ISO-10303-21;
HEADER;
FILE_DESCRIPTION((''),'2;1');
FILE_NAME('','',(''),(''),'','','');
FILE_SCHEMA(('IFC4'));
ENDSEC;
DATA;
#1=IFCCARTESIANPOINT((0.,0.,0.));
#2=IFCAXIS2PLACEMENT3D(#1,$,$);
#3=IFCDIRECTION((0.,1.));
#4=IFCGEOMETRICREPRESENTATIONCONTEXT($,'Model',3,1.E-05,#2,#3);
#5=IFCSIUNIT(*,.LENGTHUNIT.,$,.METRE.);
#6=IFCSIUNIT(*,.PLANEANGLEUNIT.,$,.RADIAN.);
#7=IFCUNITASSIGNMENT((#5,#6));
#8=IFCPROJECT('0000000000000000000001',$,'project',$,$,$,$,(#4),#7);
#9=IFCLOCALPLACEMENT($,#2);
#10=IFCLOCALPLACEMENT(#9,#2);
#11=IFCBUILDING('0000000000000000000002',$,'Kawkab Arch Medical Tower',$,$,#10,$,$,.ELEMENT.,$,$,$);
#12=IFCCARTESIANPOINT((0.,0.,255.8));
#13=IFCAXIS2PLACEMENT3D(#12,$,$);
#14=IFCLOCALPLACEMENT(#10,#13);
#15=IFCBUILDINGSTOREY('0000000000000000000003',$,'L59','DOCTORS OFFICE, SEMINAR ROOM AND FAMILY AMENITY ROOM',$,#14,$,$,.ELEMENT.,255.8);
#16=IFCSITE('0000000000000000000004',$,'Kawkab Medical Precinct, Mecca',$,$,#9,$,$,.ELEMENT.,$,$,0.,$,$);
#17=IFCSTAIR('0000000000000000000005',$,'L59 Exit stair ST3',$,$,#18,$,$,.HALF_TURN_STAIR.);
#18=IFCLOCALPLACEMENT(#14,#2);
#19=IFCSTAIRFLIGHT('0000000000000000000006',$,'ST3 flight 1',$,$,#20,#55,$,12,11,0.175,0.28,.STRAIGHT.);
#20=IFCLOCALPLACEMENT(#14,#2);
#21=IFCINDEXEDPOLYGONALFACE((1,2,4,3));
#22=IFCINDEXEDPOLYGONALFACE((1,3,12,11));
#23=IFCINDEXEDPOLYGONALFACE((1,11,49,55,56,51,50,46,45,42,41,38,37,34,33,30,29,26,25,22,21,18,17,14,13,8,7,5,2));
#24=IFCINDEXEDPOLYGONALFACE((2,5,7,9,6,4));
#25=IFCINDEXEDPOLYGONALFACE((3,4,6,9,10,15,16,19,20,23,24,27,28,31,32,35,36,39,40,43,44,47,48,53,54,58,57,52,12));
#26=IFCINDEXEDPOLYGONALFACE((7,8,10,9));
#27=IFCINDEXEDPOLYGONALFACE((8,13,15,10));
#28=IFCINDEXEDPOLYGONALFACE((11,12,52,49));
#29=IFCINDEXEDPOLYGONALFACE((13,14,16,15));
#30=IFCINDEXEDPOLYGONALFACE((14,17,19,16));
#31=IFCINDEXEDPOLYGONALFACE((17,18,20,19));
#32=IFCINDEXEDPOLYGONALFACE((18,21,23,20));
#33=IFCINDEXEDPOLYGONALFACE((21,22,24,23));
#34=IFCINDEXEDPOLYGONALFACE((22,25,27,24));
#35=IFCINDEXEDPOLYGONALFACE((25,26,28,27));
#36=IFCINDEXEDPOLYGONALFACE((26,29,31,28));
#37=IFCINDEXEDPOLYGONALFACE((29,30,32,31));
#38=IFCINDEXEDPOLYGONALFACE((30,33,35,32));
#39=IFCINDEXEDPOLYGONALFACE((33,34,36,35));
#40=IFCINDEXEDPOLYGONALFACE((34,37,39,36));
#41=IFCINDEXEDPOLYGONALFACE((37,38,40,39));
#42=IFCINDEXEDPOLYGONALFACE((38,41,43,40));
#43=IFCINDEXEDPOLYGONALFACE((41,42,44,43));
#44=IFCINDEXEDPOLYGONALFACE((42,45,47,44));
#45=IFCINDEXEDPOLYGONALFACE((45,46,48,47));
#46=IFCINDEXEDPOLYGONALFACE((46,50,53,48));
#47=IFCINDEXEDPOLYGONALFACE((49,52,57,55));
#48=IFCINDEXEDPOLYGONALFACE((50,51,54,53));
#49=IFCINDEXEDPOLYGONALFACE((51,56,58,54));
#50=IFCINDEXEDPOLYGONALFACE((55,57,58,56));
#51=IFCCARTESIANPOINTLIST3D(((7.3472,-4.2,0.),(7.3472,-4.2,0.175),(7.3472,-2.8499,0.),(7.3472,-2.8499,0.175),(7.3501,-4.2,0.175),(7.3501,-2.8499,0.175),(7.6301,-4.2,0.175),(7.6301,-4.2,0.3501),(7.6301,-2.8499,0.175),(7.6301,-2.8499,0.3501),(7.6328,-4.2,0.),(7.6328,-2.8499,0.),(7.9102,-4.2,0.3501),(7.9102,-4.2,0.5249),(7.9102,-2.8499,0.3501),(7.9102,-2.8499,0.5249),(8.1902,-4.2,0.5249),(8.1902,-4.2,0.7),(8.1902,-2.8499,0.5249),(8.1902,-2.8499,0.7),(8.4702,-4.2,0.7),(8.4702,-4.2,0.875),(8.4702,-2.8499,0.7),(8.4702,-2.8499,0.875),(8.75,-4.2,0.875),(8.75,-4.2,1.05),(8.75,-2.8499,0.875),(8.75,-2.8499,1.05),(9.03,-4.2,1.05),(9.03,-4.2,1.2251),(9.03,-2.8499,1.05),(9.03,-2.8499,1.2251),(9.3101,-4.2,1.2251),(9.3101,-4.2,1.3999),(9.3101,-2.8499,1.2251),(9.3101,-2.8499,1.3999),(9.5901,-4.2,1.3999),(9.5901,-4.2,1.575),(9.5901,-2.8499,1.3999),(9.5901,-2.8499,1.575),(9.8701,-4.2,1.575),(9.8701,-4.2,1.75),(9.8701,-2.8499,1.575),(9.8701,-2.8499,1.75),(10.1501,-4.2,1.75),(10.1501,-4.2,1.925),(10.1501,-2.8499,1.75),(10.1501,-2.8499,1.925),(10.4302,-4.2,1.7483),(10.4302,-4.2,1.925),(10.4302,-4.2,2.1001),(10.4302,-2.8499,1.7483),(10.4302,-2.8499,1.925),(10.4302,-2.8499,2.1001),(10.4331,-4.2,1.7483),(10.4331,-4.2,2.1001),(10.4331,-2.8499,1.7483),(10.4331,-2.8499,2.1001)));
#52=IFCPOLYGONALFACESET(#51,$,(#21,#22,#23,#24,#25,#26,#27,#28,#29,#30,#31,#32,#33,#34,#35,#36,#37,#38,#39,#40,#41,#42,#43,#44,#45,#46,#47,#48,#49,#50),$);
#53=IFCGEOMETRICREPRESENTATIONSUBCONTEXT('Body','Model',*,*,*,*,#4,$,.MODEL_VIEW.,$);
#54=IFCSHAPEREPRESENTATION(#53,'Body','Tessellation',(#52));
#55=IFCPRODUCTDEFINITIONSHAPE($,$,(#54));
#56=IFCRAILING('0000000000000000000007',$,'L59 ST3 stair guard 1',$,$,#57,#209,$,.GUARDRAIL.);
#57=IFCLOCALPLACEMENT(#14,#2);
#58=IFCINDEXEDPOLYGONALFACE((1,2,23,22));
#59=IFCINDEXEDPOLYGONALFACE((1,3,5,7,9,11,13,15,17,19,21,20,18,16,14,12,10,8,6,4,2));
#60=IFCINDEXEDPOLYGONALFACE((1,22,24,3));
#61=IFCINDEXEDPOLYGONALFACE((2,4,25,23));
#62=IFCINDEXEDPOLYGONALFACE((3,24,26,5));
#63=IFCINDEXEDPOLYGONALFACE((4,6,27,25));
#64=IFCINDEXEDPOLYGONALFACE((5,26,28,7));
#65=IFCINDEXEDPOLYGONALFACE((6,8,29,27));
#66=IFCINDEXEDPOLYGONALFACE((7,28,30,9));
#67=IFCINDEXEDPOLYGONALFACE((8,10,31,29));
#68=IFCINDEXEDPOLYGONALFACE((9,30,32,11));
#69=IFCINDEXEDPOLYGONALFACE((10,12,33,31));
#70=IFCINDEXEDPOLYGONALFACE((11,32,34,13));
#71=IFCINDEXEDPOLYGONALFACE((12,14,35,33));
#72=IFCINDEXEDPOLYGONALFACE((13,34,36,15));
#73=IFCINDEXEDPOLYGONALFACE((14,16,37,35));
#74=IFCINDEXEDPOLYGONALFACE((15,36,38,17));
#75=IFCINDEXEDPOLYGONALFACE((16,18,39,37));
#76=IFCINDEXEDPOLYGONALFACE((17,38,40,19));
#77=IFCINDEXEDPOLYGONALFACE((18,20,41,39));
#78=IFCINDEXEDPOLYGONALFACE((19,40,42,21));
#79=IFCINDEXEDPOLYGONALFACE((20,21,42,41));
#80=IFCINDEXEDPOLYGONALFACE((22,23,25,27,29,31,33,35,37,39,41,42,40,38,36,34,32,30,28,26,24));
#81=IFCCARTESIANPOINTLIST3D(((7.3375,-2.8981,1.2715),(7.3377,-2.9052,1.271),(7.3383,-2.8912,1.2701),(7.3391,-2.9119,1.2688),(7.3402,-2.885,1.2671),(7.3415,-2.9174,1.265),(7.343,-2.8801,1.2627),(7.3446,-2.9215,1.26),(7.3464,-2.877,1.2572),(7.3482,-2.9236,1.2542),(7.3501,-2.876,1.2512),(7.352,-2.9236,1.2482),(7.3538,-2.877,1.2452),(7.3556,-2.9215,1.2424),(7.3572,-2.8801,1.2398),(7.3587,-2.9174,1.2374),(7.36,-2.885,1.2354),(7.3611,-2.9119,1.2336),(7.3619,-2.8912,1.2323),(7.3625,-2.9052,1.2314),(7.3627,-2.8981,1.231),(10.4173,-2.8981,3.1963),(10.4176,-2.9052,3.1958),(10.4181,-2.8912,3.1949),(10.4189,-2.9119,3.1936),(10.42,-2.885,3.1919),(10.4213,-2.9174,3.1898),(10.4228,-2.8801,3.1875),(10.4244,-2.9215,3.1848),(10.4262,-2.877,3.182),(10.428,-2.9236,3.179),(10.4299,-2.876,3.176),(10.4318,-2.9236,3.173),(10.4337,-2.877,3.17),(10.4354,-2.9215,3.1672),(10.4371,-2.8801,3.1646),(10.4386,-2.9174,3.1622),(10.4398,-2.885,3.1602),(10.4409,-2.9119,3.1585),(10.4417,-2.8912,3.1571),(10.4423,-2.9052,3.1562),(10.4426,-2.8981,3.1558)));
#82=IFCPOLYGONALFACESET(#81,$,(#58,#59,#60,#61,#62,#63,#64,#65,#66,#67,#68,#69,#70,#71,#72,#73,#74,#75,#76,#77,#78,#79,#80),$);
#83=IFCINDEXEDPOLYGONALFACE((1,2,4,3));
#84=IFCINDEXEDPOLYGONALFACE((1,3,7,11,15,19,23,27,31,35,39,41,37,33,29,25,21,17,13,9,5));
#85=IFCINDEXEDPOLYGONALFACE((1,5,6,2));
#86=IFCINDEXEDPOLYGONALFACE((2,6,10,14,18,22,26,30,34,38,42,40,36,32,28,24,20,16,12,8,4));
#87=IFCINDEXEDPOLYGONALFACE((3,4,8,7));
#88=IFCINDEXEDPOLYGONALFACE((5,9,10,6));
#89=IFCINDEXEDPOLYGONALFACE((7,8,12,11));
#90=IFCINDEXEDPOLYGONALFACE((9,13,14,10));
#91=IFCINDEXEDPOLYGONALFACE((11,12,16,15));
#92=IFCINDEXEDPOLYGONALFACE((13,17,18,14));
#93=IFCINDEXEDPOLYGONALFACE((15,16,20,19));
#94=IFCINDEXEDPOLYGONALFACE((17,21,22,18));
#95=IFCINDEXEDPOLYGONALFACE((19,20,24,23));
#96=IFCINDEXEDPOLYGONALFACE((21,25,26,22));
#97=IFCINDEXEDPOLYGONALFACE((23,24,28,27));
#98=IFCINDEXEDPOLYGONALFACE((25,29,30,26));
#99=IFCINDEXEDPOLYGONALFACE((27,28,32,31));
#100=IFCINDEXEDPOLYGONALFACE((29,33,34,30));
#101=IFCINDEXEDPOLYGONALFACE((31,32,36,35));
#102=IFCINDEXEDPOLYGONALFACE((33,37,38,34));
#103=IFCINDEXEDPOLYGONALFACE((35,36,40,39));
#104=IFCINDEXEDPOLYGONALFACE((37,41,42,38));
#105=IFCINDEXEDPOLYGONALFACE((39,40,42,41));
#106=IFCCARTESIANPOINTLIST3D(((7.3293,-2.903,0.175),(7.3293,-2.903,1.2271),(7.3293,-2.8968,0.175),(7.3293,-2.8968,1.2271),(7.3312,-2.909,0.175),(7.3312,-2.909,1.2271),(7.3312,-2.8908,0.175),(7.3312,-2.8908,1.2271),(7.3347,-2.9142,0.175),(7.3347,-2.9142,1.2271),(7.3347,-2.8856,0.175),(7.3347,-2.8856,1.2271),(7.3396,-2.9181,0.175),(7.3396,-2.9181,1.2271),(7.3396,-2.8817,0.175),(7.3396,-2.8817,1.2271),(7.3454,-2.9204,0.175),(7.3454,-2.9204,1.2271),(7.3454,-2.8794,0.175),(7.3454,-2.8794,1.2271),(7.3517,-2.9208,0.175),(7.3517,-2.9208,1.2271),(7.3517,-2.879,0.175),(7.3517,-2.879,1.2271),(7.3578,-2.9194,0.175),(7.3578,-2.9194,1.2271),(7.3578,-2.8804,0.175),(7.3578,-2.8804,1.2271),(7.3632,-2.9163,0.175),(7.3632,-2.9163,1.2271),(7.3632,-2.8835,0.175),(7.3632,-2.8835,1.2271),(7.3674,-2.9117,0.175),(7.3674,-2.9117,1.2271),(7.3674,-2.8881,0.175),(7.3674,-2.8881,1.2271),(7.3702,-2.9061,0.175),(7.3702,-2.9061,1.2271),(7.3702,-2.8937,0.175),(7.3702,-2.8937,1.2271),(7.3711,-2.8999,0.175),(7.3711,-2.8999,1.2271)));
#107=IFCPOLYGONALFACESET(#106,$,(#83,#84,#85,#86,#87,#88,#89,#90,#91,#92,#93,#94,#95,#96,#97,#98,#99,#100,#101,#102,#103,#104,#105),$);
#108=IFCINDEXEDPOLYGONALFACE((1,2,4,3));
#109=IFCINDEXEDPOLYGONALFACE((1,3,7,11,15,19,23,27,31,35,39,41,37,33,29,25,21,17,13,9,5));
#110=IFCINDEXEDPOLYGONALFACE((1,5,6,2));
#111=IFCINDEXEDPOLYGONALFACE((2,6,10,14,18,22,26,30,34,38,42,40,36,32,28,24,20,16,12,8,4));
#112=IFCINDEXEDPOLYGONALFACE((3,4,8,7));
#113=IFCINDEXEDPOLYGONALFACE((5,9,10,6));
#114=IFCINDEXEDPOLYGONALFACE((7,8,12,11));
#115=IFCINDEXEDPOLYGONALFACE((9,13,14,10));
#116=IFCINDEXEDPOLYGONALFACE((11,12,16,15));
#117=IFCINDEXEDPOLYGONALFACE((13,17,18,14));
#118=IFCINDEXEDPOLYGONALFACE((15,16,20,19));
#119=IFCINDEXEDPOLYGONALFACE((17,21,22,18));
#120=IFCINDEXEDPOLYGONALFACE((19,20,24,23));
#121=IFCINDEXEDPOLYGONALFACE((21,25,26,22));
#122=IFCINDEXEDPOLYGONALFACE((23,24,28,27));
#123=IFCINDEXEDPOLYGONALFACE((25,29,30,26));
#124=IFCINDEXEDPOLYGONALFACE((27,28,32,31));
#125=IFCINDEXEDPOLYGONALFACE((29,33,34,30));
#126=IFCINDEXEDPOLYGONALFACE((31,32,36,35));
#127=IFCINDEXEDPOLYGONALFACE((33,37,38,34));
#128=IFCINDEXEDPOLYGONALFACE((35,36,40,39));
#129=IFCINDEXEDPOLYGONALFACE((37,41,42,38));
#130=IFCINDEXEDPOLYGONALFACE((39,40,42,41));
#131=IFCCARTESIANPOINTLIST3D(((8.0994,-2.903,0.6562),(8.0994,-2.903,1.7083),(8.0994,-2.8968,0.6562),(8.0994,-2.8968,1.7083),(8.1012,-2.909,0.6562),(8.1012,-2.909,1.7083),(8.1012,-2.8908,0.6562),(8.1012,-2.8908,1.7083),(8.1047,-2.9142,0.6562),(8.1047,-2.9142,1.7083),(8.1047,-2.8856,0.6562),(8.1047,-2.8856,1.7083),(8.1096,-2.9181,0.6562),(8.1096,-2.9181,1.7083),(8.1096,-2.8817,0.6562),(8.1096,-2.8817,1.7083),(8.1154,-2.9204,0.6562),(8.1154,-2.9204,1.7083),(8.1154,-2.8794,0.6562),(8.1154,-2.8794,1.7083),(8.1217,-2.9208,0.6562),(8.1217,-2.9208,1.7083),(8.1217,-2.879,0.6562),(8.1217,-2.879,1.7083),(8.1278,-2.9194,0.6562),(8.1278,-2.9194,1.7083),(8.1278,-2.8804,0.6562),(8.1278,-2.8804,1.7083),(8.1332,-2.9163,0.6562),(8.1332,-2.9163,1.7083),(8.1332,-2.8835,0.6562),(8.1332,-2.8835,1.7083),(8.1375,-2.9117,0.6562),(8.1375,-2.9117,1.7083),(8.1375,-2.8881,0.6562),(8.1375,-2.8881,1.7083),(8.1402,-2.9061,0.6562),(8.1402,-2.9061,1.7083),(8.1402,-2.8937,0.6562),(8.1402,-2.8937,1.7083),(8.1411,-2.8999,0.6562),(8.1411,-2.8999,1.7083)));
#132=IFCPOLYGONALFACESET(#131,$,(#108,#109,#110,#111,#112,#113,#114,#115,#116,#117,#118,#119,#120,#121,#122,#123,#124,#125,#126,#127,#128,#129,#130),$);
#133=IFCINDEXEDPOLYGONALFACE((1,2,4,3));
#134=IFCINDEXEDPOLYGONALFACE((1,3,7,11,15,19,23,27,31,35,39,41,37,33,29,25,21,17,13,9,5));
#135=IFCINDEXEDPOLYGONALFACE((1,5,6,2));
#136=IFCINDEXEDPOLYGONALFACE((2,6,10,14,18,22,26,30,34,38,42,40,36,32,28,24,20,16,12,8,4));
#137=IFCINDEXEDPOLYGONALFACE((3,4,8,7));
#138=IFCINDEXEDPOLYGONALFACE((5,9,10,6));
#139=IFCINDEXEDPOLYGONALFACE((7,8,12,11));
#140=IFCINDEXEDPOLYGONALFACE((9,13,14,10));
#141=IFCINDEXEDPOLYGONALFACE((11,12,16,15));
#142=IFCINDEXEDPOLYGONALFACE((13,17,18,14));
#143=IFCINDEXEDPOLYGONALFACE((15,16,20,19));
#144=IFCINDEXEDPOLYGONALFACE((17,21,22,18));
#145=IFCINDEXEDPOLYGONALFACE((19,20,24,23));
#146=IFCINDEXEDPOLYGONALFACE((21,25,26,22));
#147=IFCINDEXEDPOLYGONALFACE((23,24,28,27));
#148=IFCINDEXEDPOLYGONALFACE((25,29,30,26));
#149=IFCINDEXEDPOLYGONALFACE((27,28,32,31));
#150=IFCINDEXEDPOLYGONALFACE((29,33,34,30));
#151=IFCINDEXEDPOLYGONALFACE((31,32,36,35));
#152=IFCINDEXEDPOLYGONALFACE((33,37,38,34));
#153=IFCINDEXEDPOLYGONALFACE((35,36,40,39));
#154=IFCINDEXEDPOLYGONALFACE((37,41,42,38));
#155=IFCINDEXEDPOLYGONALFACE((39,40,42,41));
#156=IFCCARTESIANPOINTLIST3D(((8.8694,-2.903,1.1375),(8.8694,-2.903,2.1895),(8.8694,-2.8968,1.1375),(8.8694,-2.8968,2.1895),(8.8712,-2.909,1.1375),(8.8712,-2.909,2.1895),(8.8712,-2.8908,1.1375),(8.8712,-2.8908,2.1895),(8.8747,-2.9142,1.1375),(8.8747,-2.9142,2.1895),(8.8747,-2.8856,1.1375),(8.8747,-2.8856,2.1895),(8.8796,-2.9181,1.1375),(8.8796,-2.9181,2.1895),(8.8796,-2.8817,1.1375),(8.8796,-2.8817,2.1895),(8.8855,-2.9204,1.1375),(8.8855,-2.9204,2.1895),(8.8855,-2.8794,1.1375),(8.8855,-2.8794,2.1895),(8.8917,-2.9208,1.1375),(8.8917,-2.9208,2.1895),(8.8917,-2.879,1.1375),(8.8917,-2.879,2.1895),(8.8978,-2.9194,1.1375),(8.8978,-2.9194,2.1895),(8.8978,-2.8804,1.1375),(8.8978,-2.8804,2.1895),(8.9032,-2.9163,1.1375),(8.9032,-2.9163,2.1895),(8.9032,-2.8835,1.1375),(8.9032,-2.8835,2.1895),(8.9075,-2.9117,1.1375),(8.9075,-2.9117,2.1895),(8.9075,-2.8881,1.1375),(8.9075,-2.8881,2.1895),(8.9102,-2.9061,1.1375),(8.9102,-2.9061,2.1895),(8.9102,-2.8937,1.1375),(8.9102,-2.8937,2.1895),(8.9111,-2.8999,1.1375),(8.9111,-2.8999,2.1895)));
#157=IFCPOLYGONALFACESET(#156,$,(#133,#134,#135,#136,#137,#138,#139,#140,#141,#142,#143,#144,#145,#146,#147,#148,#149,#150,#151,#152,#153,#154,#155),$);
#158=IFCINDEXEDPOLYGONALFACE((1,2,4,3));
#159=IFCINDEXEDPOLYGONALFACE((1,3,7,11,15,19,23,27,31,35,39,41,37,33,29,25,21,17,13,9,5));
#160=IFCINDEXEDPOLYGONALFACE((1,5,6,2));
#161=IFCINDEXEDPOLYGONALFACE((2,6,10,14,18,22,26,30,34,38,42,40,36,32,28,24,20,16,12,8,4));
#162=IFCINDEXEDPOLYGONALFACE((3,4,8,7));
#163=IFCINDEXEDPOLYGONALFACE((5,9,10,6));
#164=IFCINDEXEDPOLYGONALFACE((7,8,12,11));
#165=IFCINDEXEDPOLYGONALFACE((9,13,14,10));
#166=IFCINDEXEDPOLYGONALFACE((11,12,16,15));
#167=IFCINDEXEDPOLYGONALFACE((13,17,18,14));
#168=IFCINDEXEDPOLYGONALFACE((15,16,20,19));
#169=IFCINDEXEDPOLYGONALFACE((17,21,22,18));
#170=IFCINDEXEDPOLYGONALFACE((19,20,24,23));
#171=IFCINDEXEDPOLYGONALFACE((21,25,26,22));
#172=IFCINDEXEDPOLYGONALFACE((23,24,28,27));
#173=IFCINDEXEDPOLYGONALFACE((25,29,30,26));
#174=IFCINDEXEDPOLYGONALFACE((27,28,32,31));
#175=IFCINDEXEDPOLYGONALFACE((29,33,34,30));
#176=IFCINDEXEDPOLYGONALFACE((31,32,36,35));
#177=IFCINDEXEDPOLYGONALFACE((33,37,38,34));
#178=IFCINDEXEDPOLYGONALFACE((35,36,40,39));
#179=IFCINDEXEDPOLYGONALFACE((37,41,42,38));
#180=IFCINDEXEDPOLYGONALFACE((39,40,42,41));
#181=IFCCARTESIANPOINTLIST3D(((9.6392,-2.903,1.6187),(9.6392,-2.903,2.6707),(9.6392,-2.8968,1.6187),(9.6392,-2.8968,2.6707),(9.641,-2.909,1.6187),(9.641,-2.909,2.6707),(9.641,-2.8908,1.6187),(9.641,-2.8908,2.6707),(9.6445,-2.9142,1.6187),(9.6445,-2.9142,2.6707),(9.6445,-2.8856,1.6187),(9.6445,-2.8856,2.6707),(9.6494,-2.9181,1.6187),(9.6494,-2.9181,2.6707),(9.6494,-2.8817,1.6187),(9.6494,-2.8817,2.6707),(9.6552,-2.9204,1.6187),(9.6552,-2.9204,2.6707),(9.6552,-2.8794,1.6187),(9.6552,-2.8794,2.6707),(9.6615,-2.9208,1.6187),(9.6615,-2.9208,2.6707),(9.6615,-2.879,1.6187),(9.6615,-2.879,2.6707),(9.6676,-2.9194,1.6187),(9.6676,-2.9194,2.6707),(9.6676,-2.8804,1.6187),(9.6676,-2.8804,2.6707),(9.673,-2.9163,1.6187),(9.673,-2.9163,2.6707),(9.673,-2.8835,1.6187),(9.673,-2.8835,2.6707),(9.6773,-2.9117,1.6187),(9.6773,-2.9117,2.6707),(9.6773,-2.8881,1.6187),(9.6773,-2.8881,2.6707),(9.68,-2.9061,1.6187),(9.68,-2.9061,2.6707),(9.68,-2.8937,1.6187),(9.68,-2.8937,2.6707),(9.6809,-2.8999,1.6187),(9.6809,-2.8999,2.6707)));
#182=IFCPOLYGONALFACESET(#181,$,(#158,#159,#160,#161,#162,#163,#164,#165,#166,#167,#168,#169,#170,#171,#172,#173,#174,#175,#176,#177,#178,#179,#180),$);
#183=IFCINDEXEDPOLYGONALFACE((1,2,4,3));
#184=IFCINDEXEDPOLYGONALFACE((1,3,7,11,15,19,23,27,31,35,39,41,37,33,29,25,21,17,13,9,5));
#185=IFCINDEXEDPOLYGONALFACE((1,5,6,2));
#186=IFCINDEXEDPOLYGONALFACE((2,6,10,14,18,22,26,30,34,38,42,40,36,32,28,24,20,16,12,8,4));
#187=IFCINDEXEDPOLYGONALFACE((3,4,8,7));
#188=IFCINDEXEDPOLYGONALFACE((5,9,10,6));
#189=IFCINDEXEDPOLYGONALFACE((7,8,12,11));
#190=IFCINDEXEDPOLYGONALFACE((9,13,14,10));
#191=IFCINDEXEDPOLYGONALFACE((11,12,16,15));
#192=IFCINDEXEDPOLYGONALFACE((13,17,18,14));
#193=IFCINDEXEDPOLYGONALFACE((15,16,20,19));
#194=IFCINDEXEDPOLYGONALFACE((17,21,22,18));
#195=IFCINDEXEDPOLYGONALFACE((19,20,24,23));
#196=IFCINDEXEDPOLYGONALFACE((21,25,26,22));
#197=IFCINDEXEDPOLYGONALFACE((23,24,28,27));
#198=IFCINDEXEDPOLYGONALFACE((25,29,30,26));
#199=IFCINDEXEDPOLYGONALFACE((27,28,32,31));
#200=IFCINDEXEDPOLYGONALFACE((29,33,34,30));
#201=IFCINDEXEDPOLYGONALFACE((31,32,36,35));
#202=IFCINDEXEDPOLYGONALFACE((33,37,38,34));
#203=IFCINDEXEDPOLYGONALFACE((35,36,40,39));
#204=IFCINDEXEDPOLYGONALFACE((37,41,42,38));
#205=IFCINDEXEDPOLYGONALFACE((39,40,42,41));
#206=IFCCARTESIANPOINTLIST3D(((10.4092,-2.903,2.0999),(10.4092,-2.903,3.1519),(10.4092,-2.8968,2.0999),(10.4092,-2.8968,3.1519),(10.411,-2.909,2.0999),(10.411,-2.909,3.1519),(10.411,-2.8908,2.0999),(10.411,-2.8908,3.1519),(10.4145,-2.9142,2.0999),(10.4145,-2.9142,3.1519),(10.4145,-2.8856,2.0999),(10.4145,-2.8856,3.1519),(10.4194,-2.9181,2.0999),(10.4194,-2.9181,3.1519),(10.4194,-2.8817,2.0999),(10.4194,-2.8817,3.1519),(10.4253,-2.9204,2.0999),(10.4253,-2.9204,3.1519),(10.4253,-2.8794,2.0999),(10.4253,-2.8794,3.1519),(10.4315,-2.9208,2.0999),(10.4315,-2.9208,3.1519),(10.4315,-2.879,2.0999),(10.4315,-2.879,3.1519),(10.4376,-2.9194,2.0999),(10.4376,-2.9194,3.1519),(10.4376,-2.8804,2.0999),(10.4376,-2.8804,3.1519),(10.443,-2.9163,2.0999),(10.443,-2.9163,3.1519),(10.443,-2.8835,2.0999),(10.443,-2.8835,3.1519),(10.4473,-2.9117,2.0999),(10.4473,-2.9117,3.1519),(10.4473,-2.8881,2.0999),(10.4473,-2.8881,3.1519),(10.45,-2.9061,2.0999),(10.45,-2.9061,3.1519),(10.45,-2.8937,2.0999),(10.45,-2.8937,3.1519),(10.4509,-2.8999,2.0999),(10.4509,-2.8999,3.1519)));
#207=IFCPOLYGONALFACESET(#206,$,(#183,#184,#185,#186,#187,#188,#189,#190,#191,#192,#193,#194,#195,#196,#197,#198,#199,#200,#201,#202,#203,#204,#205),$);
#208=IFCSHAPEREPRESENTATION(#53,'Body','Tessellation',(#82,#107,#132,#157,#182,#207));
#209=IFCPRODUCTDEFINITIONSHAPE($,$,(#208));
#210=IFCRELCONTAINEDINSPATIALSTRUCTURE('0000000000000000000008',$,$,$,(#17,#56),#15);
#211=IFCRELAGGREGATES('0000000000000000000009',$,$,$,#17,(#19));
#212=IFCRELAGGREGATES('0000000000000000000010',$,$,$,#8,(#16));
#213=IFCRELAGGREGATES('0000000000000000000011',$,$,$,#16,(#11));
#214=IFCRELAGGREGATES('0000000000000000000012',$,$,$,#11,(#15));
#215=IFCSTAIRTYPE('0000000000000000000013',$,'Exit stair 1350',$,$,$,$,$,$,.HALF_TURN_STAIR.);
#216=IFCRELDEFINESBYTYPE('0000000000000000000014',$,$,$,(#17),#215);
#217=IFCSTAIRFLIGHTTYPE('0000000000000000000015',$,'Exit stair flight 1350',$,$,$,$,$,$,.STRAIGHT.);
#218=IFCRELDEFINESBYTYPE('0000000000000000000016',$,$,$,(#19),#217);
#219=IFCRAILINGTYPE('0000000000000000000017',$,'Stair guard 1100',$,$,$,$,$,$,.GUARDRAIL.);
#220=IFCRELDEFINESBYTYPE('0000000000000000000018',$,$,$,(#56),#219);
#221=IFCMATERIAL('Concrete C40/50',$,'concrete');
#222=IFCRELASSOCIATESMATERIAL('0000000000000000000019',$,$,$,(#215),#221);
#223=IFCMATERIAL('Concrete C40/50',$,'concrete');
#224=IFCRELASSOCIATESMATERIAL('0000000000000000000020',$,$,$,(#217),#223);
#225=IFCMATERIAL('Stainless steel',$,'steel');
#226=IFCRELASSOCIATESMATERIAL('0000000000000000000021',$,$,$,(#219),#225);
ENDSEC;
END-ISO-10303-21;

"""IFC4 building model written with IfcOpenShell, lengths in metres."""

from ifc_helpers import new_model, si_unit, direction, frame, origin, origin_2d, place, context, subcontext, project, spatial, polyline, circle, outline, extrude, material, type_object, element, aggregate, save


model = new_model("IFC4")

# Units and contexts
model_context = context("Model", 3, precision=1e-05, world=origin(), true_north=direction((0.0, 1.0)))
body_context = subcontext(model_context, "Body", "Model", "MODEL_VIEW")
ifc_project = project(units=[si_unit("LENGTHUNIT", "METRE"), si_unit("PLANEANGLEUNIT", "RADIAN")], contexts=[model_context])

# Site, building, storey
site_placement = place(None, origin())
site = spatial("IfcSite", under=ifc_project, at=site_placement, Name="Kawkab Medical Precinct, Mecca", CompositionType="ELEMENT", RefElevation=0.0)
building_placement = place(site_placement, origin())
building = spatial("IfcBuilding", under=site, at=building_placement, Name="Kawkab Arch Medical Tower", CompositionType="ELEMENT")
storey_placement = place(building_placement, frame((0.0, 0.0, 255.8)))
storey = spatial("IfcBuildingStorey", under=building, at=storey_placement, Name="L59", Description="DOCTORS OFFICE, SEMINAR ROOM AND FAMILY AMENITY ROOM", CompositionType="ELEMENT", Elevation=255.8)

# Stair, stair flight
ifc_material_1 = material(Name="Concrete C40/50", Category="concrete")
stair_type = type_object("IfcStairType", Name="Exit stair 1350", PredefinedType="HALF_TURN_STAIR", material=ifc_material_1)
placement = place(storey_placement, origin())
ifc_material_2 = material(Name="Concrete C40/50", Category="concrete")
stair_flight_type = type_object("IfcStairFlightType", Name="Exit stair flight 1350", PredefinedType="STRAIGHT", material=ifc_material_2)
stair_1 = element("IfcStair", 1, at=placement, inside=storey, type_object=stair_type, Name="L59 Exit stair ST3", PredefinedType="HALF_TURN_STAIR")
stair_flight_1_placement = place(storey_placement, frame((7.3501, -3.5249, 0.0), z_axis=(0.0, 0.0, 1.0), x_axis=(1.0, 0.0, 0.0)))
stair_flight_1 = element("IfcStairFlight", 2, at=stair_flight_1_placement, type_object=stair_flight_type, Name="ST3 flight 1", NumberOfRisers=12, NumberOfTreads=11, PredefinedType="STRAIGHT", RiserHeight=0.175, TreadLength=0.28, context=body_context, shape_type="SweptSolid", body=[
    extrude(outline(polyline([(-0.0029, 0.0), (-0.0029, 0.175), (0.0, 0.175), (0.28, 0.175), (0.28, 0.3501), (0.5601, 0.3501), (0.5601, 0.5249), (0.8401, 0.5249), (0.8401, 0.7), (1.1201, 0.7), (1.1201, 0.875), (1.3999, 0.875), (1.3999, 1.05), (1.6799, 1.05), (1.6799, 1.2251), (1.96, 1.2251), (1.96, 1.3999), (2.24, 1.3999), (2.24, 1.575), (2.52, 1.575), (2.52, 1.75), (2.8, 1.75), (2.8, 1.925), (3.0801, 1.925), (3.0801, 2.1001), (3.083, 2.1001), (3.083, 1.7483), (3.0801, 1.7483), (0.2827, 0.0), (-0.0029, 0.0)])), frame((0.0, 0.675, 0.0), z_axis=(0.0, -1.0, 0.0), x_axis=(1.0, 0.0, 0.0)), (0.0, 0.0, 1.0), 1.3501),
])
aggregate(stair_1, [stair_flight_1])

# Railing
ifc_material_3 = material(Name="Stainless steel", Category="steel")
railing_type = type_object("IfcRailingType", Name="Stair guard 1100", PredefinedType="GUARDRAIL", material=ifc_material_3)
railing_placement = place(storey_placement, frame((7.3501, -2.8999, 0.175)))
element("IfcRailing", 3, at=railing_placement, inside=storey, type_object=railing_type, Name="L59 ST3 stair guard 1", PredefinedType="GUARDRAIL", context=body_context, shape_type="SweptSolid", body=[
    extrude(circle(Radius=0.0239, at=origin_2d()), frame((0.0, 0.0, 1.0762), z_axis=(0.84801, 0.0, 0.529981), x_axis=(0.0, 1.0, 0.0)), (0.0, 0.0, 1.0), 3.6318),
    extrude(circle(Radius=0.021, at=origin_2d()), origin(), (0.0, 0.0, 1.0), 1.052),
    extrude(circle(Radius=0.021, at=origin_2d()), frame((0.77, 0.0, 0.4812)), (0.0, 0.0, 1.0), 1.052),
    extrude(circle(Radius=0.021, at=origin_2d()), frame((1.54, 0.0, 0.9624)), (0.0, 0.0, 1.0), 1.052),
    extrude(circle(Radius=0.021, at=origin_2d()), frame((2.3098, 0.0, 1.4436)), (0.0, 0.0, 1.0), 1.052),
    extrude(circle(Radius=0.021, at=origin_2d()), frame((3.0798, 0.0, 1.9248)), (0.0, 0.0, 1.0), 1.052),
])

save(model, "model.ifc")
